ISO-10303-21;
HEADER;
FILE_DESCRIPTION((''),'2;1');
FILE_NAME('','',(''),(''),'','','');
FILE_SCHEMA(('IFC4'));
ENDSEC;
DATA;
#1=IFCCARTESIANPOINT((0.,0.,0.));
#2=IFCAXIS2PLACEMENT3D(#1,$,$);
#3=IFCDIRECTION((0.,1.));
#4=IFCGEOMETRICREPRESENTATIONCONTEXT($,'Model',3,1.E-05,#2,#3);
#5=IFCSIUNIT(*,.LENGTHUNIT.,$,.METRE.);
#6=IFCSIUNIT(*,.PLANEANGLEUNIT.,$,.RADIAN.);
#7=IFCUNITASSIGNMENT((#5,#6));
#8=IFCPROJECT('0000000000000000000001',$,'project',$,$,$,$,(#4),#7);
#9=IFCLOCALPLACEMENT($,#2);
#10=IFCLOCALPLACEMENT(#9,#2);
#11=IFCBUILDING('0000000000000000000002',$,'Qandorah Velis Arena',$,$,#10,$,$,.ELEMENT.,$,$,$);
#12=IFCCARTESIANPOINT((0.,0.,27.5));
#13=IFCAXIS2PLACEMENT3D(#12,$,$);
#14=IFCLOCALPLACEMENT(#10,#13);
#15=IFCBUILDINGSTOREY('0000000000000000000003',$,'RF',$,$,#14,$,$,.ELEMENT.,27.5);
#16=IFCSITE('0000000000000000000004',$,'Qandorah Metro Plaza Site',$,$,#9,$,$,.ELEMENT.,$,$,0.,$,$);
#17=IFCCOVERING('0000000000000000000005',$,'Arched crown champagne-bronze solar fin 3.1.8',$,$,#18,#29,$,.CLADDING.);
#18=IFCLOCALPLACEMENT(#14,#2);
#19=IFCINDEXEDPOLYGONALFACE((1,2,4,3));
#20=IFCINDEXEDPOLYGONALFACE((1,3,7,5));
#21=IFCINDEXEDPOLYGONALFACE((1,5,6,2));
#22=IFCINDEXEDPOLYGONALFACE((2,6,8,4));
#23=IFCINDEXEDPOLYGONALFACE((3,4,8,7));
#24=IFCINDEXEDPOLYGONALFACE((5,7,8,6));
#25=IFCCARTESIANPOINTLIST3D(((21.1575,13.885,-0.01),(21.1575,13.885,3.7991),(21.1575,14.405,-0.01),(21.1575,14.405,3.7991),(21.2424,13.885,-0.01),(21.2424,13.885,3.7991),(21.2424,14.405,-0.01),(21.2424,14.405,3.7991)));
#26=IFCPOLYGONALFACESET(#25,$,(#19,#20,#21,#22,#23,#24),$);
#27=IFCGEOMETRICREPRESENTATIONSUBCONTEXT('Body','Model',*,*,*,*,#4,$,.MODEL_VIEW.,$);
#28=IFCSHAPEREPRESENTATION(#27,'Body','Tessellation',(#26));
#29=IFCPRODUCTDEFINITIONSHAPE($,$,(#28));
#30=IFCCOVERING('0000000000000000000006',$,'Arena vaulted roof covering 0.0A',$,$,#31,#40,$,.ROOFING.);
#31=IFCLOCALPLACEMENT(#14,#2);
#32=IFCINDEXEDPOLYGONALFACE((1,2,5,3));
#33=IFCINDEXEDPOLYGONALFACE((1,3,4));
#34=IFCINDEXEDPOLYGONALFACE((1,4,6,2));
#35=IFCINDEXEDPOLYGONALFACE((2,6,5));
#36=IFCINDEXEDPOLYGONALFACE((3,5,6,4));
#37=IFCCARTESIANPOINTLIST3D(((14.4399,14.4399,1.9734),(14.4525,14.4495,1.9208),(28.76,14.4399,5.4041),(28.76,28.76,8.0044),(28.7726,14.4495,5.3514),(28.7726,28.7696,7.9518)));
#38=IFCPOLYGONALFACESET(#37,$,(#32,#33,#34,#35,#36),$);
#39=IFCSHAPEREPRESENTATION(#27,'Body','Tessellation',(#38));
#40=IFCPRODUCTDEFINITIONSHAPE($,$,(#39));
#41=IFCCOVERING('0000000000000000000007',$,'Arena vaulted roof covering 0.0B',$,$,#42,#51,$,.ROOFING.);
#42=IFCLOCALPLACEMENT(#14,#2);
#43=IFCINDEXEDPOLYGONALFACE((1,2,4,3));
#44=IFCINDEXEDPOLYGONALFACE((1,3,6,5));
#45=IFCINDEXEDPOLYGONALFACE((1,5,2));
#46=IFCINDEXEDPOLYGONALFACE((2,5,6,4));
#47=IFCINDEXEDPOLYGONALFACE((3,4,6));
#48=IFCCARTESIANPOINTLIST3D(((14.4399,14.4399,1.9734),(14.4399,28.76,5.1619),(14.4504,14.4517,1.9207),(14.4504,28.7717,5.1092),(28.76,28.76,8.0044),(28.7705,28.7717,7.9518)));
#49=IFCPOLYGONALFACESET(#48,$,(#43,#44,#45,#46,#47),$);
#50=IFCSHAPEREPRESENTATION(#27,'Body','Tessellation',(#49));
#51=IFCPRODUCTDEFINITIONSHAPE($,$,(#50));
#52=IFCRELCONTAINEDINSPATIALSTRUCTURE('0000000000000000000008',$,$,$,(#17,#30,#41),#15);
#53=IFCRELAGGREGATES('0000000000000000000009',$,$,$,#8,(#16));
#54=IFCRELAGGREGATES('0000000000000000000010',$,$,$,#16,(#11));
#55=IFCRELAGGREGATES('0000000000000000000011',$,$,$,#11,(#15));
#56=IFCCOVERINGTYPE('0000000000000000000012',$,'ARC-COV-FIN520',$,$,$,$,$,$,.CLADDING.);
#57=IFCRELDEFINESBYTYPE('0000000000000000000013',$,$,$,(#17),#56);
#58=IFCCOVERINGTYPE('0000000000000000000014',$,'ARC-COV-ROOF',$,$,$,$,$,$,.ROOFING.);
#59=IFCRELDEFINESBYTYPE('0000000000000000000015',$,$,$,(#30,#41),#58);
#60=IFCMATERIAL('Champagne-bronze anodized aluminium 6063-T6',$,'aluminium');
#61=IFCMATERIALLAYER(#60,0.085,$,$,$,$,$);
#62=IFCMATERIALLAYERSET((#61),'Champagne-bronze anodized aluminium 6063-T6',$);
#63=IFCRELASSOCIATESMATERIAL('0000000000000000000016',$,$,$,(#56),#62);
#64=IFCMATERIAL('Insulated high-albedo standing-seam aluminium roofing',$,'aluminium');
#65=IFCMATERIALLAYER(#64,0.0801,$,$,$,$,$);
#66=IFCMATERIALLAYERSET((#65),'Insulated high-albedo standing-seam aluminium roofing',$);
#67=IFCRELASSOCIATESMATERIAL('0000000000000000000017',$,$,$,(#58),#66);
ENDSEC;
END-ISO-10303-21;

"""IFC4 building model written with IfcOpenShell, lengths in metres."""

from ifc_helpers import new_model, si_unit, direction, frame, origin, origin_2d, place, context, subcontext, project, spatial, polyline, rectangle, outline, extrude, material, layer, layer_set, type_object, element, save


model = new_model("IFC4")

# Units and contexts
model_context = context("Model", 3, precision=1e-05, world=origin(), true_north=direction((0.0, 1.0)))
body_context = subcontext(model_context, "Body", "Model", "MODEL_VIEW")
ifc_project = project(units=[si_unit("LENGTHUNIT", "METRE"), si_unit("PLANEANGLEUNIT", "RADIAN")], contexts=[model_context])

# Site, building, storey
site_placement = place(None, origin())
site = spatial("IfcSite", under=ifc_project, at=site_placement, Name="Qandorah Metro Plaza Site", CompositionType="ELEMENT", RefElevation=0.0)
building_placement = place(site_placement, origin())
building = spatial("IfcBuilding", under=site, at=building_placement, Name="Qandorah Velis Arena", CompositionType="ELEMENT")
storey_placement = place(building_placement, frame((0.0, 0.0, 27.5)))
storey = spatial("IfcBuildingStorey", under=building, at=storey_placement, Name="RF", CompositionType="ELEMENT", Elevation=27.5)

# Shared definitions
ifc_material_1 = material(Name="Champagne-bronze anodized aluminium 6063-T6", Category="aluminium")

# Coverings
ifc_layer_1 = layer(ifc_material_1, 0.085)
ifc_layer_set_1 = layer_set([ifc_layer_1], Name="Champagne-bronze anodized aluminium 6063-T6")
covering_type_1 = type_object("IfcCoveringType", Name="ARC-COV-FIN520", PredefinedType="CLADDING", material=ifc_layer_set_1)
covering_1_placement = place(storey_placement, frame((21.2, 14.145, -0.01), z_axis=(0.0, 0.0, 1.0), x_axis=(1.0, 0.0, 0.0)))
element("IfcCovering", 1, at=covering_1_placement, inside=storey, type_object=covering_type_1, Name="Arched crown champagne-bronze solar fin 3.1.8", PredefinedType="CLADDING", context=body_context, shape_type="SweptSolid", body=[
    extrude(rectangle(XDim=0.085, YDim=0.52, at=origin_2d()), origin(), (0.0, 0.0, 1.0), 3.8091),
])
ifc_material_2 = material(Name="Insulated high-albedo standing-seam aluminium roofing", Category="aluminium")
ifc_layer_2 = layer(ifc_material_2, 0.0801)
ifc_layer_set_2 = layer_set([ifc_layer_2], Name="Insulated high-albedo standing-seam aluminium roofing")
covering_type_2 = type_object("IfcCoveringType", Name="ARC-COV-ROOF", PredefinedType="ROOFING", material=ifc_layer_set_2)
covering_2_placement = place(storey_placement, frame((14.4399, 14.4399, 1.9734), z_axis=(-0.229428, -0.1739, 0.957665), x_axis=(0.972482, 0.0, 0.232978)))
element("IfcCovering", 2, at=covering_2_placement, inside=storey, type_object=covering_type_2, Name="Arena vaulted roof covering 0.0A", PredefinedType="ROOFING", context=body_context, shape_type="SweptSolid", body=[
    extrude(outline(polyline([(0.0, 0.0), (14.7253, 0.0), (15.3311, 14.5416), (0.0, 0.0)])), origin(), (0.0, 0.0, -1.0), 0.0549),
])
covering_3_placement = place(storey_placement, frame((14.4399, 14.4399, 1.9734), z_axis=(-0.190217, -0.213368, 0.958275), x_axis=(0.677694, 0.677694, 0.285416)))
element("IfcCovering", 3, at=covering_3_placement, inside=storey, type_object=covering_type_2, Name="Arena vaulted roof covering 0.0B", PredefinedType="ROOFING", context=body_context, shape_type="SweptSolid", body=[
    extrude(outline(polyline([(0.0, 0.0), (21.1306, 0.0), (10.6147, 10.1272), (0.0, 0.0)])), origin(), (0.0, 0.0, -1.0), 0.0549),
])

save(model, "model.ifc")
